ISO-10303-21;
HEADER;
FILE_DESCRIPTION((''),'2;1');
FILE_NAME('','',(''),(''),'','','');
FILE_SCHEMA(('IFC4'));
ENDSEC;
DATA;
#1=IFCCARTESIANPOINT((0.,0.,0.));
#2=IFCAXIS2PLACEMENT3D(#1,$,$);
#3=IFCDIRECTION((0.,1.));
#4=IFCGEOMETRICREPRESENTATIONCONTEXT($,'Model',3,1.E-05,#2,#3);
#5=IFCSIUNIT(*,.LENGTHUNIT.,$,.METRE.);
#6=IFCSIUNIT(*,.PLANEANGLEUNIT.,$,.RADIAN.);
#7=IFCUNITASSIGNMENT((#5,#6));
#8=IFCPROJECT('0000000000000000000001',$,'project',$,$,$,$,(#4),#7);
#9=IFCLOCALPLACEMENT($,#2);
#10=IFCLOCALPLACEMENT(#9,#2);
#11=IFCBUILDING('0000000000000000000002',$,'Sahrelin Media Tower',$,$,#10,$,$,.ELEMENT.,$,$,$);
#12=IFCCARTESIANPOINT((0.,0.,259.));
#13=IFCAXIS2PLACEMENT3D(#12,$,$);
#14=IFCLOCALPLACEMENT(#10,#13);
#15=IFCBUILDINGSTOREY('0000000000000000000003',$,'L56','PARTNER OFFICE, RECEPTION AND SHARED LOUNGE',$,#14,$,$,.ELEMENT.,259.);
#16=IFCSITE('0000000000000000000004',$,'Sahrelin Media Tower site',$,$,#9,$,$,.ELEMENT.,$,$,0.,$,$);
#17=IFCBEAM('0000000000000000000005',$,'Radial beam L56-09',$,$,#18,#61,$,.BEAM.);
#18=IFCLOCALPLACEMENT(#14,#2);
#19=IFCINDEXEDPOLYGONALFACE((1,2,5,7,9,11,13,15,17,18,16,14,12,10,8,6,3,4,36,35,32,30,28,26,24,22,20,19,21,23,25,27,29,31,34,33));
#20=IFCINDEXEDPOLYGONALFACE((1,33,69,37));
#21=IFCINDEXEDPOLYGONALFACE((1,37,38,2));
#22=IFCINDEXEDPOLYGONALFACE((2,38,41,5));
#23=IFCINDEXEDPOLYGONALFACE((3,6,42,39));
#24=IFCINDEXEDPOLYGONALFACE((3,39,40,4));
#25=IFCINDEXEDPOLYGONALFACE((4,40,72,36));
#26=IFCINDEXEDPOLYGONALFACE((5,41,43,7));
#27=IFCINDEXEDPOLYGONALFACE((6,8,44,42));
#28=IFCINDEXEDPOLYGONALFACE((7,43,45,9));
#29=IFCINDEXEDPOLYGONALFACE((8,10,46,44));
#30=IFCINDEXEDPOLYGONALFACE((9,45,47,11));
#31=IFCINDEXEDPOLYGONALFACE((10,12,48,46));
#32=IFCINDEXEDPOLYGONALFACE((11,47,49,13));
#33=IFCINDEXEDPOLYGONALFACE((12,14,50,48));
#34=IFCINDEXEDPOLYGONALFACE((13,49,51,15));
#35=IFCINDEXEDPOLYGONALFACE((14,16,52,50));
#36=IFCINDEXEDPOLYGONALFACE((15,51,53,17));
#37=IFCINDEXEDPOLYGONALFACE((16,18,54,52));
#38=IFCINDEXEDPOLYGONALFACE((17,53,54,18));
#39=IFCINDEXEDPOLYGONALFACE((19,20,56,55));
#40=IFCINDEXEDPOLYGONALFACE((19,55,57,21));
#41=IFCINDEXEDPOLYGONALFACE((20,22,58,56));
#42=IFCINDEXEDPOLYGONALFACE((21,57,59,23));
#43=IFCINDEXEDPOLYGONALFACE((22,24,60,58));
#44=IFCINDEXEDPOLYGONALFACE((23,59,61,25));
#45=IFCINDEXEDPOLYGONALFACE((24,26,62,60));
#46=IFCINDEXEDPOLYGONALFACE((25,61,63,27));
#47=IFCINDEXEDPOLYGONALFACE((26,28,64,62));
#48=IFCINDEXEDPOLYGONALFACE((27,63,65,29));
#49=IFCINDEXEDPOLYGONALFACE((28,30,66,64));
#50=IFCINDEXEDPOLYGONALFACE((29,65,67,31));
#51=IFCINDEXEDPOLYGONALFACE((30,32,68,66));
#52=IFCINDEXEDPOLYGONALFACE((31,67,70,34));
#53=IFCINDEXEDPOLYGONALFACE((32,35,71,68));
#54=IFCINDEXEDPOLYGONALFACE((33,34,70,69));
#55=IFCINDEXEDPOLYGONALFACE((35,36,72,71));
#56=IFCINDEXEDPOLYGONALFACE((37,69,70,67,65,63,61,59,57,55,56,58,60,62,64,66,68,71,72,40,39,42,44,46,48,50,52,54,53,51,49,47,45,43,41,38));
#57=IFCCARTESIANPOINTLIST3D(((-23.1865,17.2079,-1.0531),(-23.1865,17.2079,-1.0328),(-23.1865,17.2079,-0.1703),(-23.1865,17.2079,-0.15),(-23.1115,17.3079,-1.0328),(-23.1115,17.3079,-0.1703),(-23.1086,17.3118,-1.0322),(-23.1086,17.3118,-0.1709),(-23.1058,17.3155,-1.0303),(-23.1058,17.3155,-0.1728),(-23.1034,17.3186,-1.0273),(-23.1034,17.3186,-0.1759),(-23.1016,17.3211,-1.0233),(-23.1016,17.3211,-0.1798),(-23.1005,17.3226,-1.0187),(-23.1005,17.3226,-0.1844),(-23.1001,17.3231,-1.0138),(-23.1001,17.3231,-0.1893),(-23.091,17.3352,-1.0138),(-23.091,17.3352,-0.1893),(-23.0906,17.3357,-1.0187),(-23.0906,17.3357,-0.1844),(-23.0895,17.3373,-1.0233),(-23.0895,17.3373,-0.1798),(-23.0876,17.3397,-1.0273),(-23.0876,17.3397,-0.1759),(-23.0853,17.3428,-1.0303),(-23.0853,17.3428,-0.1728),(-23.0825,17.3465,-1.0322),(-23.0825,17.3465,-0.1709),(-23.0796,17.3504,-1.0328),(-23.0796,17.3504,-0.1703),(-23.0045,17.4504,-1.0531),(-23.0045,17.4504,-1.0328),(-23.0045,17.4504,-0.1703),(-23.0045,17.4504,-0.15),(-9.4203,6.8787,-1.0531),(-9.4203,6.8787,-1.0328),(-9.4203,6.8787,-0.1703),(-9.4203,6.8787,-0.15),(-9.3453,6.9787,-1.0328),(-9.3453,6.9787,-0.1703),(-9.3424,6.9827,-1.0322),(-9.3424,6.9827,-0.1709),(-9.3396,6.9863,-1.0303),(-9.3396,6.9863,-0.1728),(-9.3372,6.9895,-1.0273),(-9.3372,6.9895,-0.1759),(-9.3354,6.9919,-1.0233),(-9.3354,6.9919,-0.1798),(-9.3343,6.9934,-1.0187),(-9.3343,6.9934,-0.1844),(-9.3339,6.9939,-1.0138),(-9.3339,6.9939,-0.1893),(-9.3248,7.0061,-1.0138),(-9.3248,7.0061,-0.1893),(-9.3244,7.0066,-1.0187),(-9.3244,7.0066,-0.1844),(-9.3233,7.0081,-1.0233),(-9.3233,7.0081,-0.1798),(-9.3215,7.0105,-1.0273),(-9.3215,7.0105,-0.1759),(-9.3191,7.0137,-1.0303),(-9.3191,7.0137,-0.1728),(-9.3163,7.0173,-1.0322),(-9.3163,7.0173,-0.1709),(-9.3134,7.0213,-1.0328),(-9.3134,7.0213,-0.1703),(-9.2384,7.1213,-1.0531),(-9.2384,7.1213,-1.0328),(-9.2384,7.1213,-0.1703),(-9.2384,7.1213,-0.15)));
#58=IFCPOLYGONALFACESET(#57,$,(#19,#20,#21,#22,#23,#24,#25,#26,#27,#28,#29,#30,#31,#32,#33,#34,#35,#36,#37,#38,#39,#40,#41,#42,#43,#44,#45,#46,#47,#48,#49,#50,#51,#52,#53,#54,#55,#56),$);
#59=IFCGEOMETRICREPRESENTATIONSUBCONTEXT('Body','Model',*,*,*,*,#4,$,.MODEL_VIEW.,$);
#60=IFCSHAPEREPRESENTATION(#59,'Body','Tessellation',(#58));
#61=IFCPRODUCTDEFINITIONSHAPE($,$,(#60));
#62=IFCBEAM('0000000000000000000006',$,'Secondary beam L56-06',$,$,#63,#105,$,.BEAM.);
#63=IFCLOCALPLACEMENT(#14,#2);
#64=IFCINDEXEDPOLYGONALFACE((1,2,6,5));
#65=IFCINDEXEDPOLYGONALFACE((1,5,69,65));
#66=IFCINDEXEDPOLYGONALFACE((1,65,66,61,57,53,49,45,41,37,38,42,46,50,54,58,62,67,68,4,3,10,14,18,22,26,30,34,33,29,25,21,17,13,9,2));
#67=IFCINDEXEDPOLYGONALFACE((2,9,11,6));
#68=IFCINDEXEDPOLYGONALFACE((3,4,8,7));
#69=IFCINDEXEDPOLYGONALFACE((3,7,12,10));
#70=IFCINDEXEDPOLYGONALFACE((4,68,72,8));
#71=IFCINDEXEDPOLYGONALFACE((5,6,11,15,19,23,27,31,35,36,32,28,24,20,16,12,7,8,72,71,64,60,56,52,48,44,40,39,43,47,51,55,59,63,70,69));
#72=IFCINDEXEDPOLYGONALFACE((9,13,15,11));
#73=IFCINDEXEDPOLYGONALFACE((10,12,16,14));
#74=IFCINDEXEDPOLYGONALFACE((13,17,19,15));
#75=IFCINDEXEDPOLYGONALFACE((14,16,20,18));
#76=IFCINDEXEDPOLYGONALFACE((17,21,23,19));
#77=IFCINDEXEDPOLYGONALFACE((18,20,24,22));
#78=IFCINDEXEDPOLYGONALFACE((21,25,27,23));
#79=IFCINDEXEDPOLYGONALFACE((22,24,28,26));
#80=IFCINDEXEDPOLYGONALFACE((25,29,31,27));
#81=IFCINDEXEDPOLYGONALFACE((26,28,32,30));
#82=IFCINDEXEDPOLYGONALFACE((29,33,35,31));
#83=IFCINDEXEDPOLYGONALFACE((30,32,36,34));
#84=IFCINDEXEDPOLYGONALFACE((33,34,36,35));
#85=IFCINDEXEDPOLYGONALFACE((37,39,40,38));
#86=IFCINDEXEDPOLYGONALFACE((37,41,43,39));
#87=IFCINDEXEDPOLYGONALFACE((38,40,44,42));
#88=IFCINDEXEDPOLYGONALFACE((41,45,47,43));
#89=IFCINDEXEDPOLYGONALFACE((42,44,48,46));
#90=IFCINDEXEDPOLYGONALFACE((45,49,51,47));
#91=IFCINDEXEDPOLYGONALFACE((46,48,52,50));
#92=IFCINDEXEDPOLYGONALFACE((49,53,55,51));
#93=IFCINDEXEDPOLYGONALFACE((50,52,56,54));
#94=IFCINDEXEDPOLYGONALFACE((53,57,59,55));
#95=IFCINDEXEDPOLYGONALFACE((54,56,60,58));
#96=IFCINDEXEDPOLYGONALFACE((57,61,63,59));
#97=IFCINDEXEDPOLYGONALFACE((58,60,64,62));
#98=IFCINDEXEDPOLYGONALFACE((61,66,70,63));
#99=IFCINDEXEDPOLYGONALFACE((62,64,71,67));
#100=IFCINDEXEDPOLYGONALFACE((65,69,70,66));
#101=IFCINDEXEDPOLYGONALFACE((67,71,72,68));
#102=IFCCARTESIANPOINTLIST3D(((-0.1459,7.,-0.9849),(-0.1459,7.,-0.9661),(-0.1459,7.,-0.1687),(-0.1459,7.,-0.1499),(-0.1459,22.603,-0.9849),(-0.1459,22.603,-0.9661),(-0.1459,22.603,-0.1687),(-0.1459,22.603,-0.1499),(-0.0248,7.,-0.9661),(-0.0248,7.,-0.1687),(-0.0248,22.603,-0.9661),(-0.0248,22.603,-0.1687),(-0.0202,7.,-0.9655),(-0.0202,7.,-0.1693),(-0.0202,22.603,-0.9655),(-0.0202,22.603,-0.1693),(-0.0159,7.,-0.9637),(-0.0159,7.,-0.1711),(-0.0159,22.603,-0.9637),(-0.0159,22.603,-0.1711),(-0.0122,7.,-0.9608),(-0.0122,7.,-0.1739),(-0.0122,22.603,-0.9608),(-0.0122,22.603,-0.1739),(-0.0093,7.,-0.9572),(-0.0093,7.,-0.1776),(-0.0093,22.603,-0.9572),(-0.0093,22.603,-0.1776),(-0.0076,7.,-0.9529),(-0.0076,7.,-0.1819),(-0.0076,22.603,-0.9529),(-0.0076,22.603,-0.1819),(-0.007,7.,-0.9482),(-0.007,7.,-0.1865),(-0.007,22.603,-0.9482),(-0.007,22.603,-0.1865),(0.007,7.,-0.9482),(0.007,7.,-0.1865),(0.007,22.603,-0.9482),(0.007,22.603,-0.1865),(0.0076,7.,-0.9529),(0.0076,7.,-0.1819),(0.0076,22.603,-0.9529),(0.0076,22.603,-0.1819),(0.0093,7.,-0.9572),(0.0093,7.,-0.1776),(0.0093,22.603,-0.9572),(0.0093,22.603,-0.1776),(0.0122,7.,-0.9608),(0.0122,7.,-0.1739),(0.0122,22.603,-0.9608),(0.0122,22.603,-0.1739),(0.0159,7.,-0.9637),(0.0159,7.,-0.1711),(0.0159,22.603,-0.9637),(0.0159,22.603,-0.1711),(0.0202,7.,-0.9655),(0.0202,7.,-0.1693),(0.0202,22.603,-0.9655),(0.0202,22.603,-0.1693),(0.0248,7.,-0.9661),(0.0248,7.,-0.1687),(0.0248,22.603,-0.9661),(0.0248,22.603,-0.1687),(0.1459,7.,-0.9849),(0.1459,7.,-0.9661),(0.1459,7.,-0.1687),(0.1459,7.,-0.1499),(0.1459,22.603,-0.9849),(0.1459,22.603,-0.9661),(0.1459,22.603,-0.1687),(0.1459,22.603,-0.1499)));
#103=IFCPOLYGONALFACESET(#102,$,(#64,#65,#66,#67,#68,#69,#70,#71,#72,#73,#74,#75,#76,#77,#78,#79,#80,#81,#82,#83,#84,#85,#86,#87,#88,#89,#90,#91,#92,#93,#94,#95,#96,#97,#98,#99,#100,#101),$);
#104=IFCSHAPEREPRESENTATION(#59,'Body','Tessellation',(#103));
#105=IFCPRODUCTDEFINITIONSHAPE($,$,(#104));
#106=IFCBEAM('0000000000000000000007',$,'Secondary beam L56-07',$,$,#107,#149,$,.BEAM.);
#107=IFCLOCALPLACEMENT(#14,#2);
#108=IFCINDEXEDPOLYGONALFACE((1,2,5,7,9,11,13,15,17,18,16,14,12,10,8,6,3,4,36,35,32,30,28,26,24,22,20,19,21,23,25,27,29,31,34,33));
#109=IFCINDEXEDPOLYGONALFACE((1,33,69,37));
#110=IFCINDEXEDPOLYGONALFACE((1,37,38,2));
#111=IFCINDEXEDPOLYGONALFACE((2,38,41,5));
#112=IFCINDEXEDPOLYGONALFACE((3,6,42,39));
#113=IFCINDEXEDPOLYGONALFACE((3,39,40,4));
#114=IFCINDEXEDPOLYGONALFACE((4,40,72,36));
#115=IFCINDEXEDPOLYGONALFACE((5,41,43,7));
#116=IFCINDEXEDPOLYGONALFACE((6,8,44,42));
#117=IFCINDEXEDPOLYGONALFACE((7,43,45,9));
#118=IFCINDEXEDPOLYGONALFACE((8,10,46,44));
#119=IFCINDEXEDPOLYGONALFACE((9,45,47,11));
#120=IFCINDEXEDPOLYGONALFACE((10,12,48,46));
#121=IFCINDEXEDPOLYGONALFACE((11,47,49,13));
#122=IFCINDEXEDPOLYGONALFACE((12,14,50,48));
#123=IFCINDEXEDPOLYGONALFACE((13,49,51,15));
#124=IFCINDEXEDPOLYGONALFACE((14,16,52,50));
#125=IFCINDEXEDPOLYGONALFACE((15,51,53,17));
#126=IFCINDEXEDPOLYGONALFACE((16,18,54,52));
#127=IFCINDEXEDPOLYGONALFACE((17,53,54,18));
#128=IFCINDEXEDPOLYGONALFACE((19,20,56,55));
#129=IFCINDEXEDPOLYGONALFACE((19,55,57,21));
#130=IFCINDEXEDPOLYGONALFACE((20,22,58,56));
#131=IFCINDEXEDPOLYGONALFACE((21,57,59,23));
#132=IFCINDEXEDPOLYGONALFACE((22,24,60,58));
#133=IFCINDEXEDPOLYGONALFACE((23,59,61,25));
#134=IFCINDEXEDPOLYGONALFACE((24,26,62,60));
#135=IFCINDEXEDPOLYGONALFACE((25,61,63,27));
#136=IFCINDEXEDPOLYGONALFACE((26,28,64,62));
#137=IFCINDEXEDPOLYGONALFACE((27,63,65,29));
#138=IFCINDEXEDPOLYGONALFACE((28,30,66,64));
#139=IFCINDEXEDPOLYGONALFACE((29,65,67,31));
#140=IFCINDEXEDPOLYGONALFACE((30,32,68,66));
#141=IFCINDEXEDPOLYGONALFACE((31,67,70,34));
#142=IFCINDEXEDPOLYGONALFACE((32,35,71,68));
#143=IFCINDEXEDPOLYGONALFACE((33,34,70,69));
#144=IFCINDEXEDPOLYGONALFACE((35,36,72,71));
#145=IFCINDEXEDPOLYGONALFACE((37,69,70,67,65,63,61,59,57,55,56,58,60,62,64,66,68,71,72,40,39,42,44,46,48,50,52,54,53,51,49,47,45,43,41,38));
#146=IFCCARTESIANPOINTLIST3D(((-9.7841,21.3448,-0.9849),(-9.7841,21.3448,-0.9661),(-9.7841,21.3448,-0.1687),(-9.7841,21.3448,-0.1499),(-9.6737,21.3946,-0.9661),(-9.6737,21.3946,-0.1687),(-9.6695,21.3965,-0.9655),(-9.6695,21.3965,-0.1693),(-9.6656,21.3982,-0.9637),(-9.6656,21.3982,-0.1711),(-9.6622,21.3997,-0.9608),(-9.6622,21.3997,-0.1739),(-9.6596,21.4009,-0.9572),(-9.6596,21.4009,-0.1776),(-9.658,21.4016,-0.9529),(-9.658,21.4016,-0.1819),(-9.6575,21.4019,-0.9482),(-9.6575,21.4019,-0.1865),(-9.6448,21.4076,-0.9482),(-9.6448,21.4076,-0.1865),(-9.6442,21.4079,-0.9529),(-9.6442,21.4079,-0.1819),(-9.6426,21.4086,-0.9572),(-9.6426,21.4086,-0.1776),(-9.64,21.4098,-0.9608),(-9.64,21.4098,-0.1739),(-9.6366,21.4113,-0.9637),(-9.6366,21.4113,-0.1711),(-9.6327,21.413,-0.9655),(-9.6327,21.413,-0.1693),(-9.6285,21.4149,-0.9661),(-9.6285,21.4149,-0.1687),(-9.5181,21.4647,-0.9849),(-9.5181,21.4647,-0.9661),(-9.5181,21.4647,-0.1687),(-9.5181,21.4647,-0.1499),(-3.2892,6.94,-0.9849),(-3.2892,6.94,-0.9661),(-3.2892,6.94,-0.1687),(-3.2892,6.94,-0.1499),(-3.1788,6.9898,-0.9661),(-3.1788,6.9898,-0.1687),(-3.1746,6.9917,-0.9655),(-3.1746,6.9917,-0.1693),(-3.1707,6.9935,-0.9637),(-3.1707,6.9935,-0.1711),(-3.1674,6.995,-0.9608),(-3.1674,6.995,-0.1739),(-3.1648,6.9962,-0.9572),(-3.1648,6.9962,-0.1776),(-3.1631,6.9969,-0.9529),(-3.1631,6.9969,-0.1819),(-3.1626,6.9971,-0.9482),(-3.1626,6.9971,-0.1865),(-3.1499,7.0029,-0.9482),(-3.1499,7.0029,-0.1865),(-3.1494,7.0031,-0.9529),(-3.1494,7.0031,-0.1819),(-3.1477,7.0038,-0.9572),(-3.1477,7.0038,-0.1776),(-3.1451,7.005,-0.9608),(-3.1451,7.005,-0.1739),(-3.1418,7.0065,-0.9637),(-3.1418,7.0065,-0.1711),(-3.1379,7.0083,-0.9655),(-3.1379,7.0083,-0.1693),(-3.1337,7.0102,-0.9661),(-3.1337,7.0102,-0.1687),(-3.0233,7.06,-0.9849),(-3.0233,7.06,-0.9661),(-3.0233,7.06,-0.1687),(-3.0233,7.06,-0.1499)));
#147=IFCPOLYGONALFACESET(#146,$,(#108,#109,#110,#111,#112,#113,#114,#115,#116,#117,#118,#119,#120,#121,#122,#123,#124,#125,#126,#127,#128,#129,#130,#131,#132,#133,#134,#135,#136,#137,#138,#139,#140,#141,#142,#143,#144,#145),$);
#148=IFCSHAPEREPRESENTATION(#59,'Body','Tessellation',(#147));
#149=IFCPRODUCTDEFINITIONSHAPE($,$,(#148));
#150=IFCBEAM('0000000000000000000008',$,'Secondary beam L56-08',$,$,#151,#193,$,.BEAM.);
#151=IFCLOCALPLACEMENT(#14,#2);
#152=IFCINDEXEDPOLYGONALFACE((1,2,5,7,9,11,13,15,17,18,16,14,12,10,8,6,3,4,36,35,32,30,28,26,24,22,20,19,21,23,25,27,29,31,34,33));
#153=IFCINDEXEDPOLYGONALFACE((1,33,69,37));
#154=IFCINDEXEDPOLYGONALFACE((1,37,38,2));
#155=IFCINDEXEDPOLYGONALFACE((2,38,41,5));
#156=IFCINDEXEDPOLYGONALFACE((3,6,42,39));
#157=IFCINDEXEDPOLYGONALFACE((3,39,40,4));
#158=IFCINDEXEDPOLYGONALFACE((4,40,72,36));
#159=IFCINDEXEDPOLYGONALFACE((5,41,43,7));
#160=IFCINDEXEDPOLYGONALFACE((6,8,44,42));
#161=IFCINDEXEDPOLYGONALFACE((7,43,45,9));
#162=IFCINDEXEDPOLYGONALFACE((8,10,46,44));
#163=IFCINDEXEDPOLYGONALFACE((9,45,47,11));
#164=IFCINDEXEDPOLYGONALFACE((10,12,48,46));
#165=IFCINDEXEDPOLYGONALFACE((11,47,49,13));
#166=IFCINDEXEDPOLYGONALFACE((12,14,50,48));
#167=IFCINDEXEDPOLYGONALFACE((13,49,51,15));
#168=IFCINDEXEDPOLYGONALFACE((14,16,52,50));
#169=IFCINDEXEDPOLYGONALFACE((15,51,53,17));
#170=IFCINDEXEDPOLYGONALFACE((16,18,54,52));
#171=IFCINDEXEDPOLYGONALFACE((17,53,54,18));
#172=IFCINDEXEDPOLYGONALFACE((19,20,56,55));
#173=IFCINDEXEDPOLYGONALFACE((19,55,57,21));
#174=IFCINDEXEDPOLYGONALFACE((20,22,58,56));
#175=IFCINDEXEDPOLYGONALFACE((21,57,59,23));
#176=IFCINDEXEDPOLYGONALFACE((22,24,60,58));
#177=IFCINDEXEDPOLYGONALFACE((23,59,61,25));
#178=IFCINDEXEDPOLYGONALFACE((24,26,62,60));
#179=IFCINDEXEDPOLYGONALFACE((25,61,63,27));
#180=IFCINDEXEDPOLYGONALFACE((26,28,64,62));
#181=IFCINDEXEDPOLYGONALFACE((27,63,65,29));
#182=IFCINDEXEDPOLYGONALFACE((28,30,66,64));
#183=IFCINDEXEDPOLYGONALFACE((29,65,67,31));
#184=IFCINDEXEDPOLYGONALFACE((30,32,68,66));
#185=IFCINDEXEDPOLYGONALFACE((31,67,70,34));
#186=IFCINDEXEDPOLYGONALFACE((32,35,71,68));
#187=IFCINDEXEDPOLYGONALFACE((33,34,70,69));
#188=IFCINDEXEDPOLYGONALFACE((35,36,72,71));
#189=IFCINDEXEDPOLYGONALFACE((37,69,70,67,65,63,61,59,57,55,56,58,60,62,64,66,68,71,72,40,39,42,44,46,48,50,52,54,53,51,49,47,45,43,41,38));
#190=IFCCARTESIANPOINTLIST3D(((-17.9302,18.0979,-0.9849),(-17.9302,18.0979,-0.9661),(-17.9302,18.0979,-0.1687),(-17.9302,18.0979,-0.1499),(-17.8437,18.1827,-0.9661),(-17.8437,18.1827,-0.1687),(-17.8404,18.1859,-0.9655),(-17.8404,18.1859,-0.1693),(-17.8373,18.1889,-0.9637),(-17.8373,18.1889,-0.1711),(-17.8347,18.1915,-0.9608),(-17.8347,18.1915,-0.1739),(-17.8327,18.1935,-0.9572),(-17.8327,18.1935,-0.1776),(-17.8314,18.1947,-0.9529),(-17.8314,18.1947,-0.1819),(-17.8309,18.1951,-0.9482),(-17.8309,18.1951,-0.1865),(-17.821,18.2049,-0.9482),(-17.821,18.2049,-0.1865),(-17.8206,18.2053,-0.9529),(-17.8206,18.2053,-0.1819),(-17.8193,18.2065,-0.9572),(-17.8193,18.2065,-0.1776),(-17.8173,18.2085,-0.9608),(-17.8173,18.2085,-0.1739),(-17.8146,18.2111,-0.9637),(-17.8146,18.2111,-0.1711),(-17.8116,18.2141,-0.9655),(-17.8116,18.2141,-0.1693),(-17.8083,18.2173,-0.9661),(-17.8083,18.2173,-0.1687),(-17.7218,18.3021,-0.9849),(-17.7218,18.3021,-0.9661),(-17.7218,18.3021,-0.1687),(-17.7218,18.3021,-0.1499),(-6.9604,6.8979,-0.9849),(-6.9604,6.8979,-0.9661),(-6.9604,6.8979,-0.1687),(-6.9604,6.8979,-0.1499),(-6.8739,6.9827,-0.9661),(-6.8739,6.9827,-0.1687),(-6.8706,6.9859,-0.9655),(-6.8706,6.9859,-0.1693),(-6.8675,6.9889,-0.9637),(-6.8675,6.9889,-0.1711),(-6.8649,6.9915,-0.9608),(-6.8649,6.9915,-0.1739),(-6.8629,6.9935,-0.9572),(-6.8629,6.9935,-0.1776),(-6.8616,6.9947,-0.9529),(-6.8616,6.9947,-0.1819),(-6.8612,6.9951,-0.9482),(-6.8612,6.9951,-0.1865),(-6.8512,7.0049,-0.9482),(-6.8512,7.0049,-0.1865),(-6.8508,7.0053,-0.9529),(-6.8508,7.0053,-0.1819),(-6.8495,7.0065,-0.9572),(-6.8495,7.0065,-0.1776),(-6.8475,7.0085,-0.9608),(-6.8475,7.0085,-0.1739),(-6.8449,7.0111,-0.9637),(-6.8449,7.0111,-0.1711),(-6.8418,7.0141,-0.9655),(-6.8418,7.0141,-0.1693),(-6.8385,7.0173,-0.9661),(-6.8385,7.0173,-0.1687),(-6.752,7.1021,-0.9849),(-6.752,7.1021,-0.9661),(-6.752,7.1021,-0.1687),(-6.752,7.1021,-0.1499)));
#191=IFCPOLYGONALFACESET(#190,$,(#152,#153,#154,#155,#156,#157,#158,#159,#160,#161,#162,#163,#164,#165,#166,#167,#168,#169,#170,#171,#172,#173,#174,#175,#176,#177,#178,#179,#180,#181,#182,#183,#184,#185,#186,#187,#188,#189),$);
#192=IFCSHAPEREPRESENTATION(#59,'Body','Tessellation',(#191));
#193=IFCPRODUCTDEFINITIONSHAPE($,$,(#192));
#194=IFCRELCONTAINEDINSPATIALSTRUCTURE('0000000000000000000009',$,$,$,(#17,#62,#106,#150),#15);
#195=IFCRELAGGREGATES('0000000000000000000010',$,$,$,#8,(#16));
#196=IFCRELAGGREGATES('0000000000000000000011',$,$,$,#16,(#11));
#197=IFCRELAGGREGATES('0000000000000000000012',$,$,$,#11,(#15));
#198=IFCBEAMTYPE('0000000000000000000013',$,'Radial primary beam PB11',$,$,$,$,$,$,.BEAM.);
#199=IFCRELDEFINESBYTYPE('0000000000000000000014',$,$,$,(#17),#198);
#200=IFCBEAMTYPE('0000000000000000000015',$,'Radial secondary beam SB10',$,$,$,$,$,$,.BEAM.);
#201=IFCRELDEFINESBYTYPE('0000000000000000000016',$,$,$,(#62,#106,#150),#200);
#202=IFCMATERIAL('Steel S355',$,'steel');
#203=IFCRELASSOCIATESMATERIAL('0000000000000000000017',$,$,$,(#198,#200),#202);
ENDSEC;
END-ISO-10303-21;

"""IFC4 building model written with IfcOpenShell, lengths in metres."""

from ifc_helpers import new_model, si_unit, direction, frame, origin, origin_2d, place, context, subcontext, project, spatial, i_section, extrude, material, material_profile, profile_set, type_object, element, save


model = new_model("IFC4")

# Units and contexts
model_context = context("Model", 3, precision=1e-05, world=origin(), true_north=direction((0.0, 1.0)))
body_context = subcontext(model_context, "Body", "Model", "MODEL_VIEW")
ifc_project = project(units=[si_unit("LENGTHUNIT", "METRE"), si_unit("PLANEANGLEUNIT", "RADIAN")], contexts=[model_context])

# Site, building, storey
site_placement = place(None, origin())
site = spatial("IfcSite", under=ifc_project, at=site_placement, Name="Sahrelin Media Tower site", CompositionType="ELEMENT", RefElevation=0.0)
building_placement = place(site_placement, origin())
building = spatial("IfcBuilding", under=site, at=building_placement, Name="Sahrelin Media Tower", CompositionType="ELEMENT")
storey_placement = place(building_placement, frame((0.0, 0.0, 259.0)))
storey = spatial("IfcBuildingStorey", under=building, at=storey_placement, Name="L56", Description="PARTNER OFFICE, RECEPTION AND SHARED LOUNGE", CompositionType="ELEMENT", Elevation=259.0)

# Shared definitions
ifc_material_1 = material(Name="Steel S355", Category="steel")

# Beams
ifc_material_profile_1 = material_profile(ifc_material_1, i_section(OverallWidth=0.3032, OverallDepth=0.9031, WebThickness=0.0151, FlangeThickness=0.0203, FilletRadius=0.019, at=origin_2d()), Name="UB 914x305x201")
ifc_profile_set_1 = profile_set([ifc_material_profile_1], Name="Steel S355")
beam_type_1 = type_object("IfcBeamType", Name="Radial primary beam PB11", PredefinedType="BEAM", material=ifc_profile_set_1)
beam_1_placement = place(storey_placement, frame((-9.3293, 7.0, -0.6016), z_axis=(-0.799874, 0.600168, 0.0), x_axis=(-0.600168, -0.799874, 0.0)))
element("IfcBeam", 1, at=beam_1_placement, inside=storey, type_object=beam_type_1, Name="Radial beam L56-09", PredefinedType="BEAM", context=body_context, shape_type="SweptSolid", body=[
    extrude(i_section(OverallWidth=0.3032, OverallDepth=0.9031, WebThickness=0.0151, FlangeThickness=0.0203, FilletRadius=0.019, at=origin_2d()), origin(), (0.0, 0.0, 1.0), 17.2104),
])
ifc_material_profile_2 = material_profile(ifc_material_1, i_section(OverallWidth=0.2917, OverallDepth=0.835, WebThickness=0.0139, FlangeThickness=0.0188, FilletRadius=0.0178, at=origin_2d()), Name="UB 838x292x176")
ifc_profile_set_2 = profile_set([ifc_material_profile_2], Name="Steel S355")
beam_type_2 = type_object("IfcBeamType", Name="Radial secondary beam SB10", PredefinedType="BEAM", material=ifc_profile_set_2)
beam_2_placement = place(storey_placement, frame((0.0, 7.0, -0.5674), z_axis=(0.0, 1.0, 0.0), x_axis=(-1.0, 0.0, 0.0)))
element("IfcBeam", 2, at=beam_2_placement, inside=storey, type_object=beam_type_2, Name="Secondary beam L56-06", PredefinedType="BEAM", context=body_context, shape_type="SweptSolid", body=[
    extrude(i_section(OverallWidth=0.2917, OverallDepth=0.835, WebThickness=0.0139, FlangeThickness=0.0188, FilletRadius=0.0178, at=origin_2d()), origin(), (0.0, 0.0, 1.0), 15.603),
])
beam_3_placement = place(storey_placement, frame((-3.1562, 7.0, -0.5674), z_axis=(-0.411034, 0.91162, 0.0), x_axis=(-0.91162, -0.411034, 0.0)))
element("IfcBeam", 3, at=beam_3_placement, inside=storey, type_object=beam_type_2, Name="Secondary beam L56-07", PredefinedType="BEAM", context=body_context, shape_type="SweptSolid", body=[
    extrude(i_section(OverallWidth=0.2917, OverallDepth=0.835, WebThickness=0.0139, FlangeThickness=0.0188, FilletRadius=0.0178, at=origin_2d()), origin(), (0.0, 0.0, 1.0), 15.8013),
])
beam_4_placement = place(storey_placement, frame((-6.8562, 7.0, -0.5674), z_axis=(-0.699726, 0.714411, 0.0), x_axis=(-0.714411, -0.699726, 0.0)))
element("IfcBeam", 4, at=beam_4_placement, inside=storey, type_object=beam_type_2, Name="Secondary beam L56-08", PredefinedType="BEAM", context=body_context, shape_type="SweptSolid", body=[
    extrude(i_section(OverallWidth=0.2917, OverallDepth=0.835, WebThickness=0.0139, FlangeThickness=0.0188, FilletRadius=0.0178, at=origin_2d()), origin(), (0.0, 0.0, 1.0), 15.6772),
])

save(model, "model.ifc")
